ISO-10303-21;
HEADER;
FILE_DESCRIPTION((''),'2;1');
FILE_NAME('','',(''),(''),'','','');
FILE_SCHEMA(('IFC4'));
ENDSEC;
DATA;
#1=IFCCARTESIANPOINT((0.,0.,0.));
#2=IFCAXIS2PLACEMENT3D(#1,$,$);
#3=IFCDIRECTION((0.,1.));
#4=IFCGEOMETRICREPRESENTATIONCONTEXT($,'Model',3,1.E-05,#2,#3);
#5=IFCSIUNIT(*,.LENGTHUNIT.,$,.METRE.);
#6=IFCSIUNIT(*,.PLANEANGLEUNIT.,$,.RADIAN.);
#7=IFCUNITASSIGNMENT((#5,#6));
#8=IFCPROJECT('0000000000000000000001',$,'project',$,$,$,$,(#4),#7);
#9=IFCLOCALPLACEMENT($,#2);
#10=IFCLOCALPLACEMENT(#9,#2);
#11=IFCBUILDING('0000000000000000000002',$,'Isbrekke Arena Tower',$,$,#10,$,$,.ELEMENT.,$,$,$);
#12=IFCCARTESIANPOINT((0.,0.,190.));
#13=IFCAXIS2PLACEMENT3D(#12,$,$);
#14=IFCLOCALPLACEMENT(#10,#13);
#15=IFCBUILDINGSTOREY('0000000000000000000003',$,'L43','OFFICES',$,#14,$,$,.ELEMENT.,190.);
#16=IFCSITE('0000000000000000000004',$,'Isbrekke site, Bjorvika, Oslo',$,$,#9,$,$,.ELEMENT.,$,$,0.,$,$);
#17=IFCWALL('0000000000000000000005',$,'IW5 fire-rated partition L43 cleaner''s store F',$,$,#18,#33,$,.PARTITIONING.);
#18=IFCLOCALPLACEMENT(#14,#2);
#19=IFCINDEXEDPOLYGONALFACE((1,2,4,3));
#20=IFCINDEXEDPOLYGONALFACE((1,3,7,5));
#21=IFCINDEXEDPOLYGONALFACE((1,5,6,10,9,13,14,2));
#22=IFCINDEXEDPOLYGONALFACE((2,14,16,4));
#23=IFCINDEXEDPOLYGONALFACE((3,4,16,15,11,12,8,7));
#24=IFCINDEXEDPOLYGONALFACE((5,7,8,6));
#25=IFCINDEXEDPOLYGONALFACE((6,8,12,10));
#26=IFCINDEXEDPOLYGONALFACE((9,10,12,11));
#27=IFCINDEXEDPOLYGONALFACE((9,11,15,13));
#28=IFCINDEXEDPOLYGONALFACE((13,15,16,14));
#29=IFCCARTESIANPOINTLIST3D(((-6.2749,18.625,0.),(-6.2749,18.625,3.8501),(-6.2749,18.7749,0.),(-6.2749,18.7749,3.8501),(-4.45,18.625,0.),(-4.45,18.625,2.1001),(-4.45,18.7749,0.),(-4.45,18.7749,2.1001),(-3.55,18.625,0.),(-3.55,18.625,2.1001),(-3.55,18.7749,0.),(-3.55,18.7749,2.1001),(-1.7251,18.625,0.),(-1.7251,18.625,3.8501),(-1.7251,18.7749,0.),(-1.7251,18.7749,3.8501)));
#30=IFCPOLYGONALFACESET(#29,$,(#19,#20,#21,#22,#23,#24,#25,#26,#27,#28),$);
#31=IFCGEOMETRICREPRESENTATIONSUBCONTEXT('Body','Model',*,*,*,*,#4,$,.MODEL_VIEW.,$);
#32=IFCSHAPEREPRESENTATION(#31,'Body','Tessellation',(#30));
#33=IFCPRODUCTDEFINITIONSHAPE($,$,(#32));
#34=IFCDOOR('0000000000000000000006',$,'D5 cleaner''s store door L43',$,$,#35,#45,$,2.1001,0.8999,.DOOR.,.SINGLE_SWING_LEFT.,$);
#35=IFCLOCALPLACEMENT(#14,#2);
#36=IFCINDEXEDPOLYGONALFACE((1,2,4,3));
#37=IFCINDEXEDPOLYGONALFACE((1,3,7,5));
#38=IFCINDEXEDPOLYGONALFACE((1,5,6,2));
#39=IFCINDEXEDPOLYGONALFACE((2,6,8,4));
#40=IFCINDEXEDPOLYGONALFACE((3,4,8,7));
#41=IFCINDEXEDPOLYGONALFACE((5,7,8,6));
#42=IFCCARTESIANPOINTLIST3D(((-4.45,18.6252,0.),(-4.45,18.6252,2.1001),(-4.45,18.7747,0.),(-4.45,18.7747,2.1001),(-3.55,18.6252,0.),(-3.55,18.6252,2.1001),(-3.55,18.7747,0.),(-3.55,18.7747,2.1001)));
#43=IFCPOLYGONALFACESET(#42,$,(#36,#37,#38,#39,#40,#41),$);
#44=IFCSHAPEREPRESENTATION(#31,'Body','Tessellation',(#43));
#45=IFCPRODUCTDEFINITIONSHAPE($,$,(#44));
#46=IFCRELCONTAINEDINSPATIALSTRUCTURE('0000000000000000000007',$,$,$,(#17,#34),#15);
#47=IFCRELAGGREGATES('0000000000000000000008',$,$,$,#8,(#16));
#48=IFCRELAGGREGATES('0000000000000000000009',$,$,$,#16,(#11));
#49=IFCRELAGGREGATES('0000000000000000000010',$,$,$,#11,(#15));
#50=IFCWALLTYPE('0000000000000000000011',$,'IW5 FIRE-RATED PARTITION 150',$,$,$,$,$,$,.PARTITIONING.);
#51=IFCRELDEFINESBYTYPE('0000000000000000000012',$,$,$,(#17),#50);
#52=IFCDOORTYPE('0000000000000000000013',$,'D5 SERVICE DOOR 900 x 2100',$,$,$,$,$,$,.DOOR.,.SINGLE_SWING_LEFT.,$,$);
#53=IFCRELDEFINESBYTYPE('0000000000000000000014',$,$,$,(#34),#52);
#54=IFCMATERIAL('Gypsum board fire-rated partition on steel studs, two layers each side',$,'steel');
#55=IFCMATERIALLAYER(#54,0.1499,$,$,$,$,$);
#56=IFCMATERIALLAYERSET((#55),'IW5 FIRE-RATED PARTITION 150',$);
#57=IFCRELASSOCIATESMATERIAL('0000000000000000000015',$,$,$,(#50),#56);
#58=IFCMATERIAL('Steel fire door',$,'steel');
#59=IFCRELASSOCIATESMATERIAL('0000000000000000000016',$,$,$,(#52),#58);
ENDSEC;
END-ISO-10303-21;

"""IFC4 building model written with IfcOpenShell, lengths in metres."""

from ifc_helpers import new_model, si_unit, direction, frame, frame_2d, origin, place, context, subcontext, project, spatial, rectangle, extrude, material, layer, layer_set, type_object, element, fill, save


model = new_model("IFC4")

# Units and contexts
model_context = context("Model", 3, precision=1e-05, world=origin(), true_north=direction((0.0, 1.0)))
body_context = subcontext(model_context, "Body", "Model", "MODEL_VIEW")
ifc_project = project(units=[si_unit("LENGTHUNIT", "METRE"), si_unit("PLANEANGLEUNIT", "RADIAN")], contexts=[model_context])

# Site, building, storey
site_placement = place(None, origin())
site = spatial("IfcSite", under=ifc_project, at=site_placement, Name="Isbrekke site, Bjorvika, Oslo", CompositionType="ELEMENT", RefElevation=0.0)
building_placement = place(site_placement, origin())
building = spatial("IfcBuilding", under=site, at=building_placement, Name="Isbrekke Arena Tower", CompositionType="ELEMENT")
storey_placement = place(building_placement, frame((0.0, 0.0, 190.0)))
storey = spatial("IfcBuildingStorey", under=building, at=storey_placement, Name="L43", Description="OFFICES", CompositionType="ELEMENT", Elevation=190.0)

# Wall, opening, door
ifc_material_1 = material(Name="Gypsum board fire-rated partition on steel studs, two layers each side", Category="steel")
ifc_layer_1 = layer(ifc_material_1, 0.1499)
ifc_layer_set_1 = layer_set([ifc_layer_1], Name="IW5 FIRE-RATED PARTITION 150")
wall_type_1 = type_object("IfcWallType", Name="IW5 FIRE-RATED PARTITION 150", PredefinedType="PARTITIONING", material=ifc_layer_set_1)
wall_1_placement = place(storey_placement, frame((-6.2749, 18.7, 0.0), z_axis=(0.0, 0.0, 1.0), x_axis=(1.0, 0.0, 0.0)))
wall_1 = element("IfcWall", 1, at=wall_1_placement, inside=storey, type_object=wall_type_1, Name="IW5 fire-rated partition L43 cleaner's store F", PredefinedType="PARTITIONING", context=body_context, shape_type="SweptSolid", body=[
    extrude(rectangle(XDim=4.5498, YDim=0.1499, at=frame_2d((2.2749, 0.0))), origin(), (0.0, 0.0, 1.0), 3.8501),
])
opening_1_placement = place(wall_1_placement, frame((1.825, 0.0, 0.0)))
opening_1 = element("IfcOpeningElement", 2, at=opening_1_placement, cuts=wall_1, PredefinedType="OPENING", context=body_context, shape_type="SweptSolid", body=[
    extrude(rectangle(XDim=0.8999, YDim=2.1001, at=frame_2d((0.45, 1.05))), frame((0.0, 0.0898, 0.0), z_axis=(0.0, -1.0, 0.0), x_axis=(1.0, 0.0, 0.0)), (0.0, 0.0, 1.0), 0.1797),
])
ifc_material_2 = material(Name="Steel fire door", Category="steel")
door_type_1 = type_object("IfcDoorType", Name="D5 SERVICE DOOR 900 x 2100", OperationType="SINGLE_SWING_LEFT", PredefinedType="DOOR", material=ifc_material_2)
door_1_placement = place(opening_1_placement, origin())
door_1 = element("IfcDoor", 3, at=door_1_placement, inside=storey, type_object=door_type_1, Name="D5 cleaner's store door L43", OperationType="SINGLE_SWING_LEFT", OverallHeight=2.1001, OverallWidth=0.8999, PredefinedType="DOOR", context=body_context, shape_type="SweptSolid", body=[
    extrude(rectangle(XDim=0.8999, YDim=2.1001, at=frame_2d((0.45, 1.05))), frame((0.0, 0.0747, 0.0), z_axis=(0.0, -1.0, 0.0), x_axis=(1.0, 0.0, 0.0)), (0.0, 0.0, 1.0), 0.1494),
])
fill(opening_1, door_1)

save(model, "model.ifc")
